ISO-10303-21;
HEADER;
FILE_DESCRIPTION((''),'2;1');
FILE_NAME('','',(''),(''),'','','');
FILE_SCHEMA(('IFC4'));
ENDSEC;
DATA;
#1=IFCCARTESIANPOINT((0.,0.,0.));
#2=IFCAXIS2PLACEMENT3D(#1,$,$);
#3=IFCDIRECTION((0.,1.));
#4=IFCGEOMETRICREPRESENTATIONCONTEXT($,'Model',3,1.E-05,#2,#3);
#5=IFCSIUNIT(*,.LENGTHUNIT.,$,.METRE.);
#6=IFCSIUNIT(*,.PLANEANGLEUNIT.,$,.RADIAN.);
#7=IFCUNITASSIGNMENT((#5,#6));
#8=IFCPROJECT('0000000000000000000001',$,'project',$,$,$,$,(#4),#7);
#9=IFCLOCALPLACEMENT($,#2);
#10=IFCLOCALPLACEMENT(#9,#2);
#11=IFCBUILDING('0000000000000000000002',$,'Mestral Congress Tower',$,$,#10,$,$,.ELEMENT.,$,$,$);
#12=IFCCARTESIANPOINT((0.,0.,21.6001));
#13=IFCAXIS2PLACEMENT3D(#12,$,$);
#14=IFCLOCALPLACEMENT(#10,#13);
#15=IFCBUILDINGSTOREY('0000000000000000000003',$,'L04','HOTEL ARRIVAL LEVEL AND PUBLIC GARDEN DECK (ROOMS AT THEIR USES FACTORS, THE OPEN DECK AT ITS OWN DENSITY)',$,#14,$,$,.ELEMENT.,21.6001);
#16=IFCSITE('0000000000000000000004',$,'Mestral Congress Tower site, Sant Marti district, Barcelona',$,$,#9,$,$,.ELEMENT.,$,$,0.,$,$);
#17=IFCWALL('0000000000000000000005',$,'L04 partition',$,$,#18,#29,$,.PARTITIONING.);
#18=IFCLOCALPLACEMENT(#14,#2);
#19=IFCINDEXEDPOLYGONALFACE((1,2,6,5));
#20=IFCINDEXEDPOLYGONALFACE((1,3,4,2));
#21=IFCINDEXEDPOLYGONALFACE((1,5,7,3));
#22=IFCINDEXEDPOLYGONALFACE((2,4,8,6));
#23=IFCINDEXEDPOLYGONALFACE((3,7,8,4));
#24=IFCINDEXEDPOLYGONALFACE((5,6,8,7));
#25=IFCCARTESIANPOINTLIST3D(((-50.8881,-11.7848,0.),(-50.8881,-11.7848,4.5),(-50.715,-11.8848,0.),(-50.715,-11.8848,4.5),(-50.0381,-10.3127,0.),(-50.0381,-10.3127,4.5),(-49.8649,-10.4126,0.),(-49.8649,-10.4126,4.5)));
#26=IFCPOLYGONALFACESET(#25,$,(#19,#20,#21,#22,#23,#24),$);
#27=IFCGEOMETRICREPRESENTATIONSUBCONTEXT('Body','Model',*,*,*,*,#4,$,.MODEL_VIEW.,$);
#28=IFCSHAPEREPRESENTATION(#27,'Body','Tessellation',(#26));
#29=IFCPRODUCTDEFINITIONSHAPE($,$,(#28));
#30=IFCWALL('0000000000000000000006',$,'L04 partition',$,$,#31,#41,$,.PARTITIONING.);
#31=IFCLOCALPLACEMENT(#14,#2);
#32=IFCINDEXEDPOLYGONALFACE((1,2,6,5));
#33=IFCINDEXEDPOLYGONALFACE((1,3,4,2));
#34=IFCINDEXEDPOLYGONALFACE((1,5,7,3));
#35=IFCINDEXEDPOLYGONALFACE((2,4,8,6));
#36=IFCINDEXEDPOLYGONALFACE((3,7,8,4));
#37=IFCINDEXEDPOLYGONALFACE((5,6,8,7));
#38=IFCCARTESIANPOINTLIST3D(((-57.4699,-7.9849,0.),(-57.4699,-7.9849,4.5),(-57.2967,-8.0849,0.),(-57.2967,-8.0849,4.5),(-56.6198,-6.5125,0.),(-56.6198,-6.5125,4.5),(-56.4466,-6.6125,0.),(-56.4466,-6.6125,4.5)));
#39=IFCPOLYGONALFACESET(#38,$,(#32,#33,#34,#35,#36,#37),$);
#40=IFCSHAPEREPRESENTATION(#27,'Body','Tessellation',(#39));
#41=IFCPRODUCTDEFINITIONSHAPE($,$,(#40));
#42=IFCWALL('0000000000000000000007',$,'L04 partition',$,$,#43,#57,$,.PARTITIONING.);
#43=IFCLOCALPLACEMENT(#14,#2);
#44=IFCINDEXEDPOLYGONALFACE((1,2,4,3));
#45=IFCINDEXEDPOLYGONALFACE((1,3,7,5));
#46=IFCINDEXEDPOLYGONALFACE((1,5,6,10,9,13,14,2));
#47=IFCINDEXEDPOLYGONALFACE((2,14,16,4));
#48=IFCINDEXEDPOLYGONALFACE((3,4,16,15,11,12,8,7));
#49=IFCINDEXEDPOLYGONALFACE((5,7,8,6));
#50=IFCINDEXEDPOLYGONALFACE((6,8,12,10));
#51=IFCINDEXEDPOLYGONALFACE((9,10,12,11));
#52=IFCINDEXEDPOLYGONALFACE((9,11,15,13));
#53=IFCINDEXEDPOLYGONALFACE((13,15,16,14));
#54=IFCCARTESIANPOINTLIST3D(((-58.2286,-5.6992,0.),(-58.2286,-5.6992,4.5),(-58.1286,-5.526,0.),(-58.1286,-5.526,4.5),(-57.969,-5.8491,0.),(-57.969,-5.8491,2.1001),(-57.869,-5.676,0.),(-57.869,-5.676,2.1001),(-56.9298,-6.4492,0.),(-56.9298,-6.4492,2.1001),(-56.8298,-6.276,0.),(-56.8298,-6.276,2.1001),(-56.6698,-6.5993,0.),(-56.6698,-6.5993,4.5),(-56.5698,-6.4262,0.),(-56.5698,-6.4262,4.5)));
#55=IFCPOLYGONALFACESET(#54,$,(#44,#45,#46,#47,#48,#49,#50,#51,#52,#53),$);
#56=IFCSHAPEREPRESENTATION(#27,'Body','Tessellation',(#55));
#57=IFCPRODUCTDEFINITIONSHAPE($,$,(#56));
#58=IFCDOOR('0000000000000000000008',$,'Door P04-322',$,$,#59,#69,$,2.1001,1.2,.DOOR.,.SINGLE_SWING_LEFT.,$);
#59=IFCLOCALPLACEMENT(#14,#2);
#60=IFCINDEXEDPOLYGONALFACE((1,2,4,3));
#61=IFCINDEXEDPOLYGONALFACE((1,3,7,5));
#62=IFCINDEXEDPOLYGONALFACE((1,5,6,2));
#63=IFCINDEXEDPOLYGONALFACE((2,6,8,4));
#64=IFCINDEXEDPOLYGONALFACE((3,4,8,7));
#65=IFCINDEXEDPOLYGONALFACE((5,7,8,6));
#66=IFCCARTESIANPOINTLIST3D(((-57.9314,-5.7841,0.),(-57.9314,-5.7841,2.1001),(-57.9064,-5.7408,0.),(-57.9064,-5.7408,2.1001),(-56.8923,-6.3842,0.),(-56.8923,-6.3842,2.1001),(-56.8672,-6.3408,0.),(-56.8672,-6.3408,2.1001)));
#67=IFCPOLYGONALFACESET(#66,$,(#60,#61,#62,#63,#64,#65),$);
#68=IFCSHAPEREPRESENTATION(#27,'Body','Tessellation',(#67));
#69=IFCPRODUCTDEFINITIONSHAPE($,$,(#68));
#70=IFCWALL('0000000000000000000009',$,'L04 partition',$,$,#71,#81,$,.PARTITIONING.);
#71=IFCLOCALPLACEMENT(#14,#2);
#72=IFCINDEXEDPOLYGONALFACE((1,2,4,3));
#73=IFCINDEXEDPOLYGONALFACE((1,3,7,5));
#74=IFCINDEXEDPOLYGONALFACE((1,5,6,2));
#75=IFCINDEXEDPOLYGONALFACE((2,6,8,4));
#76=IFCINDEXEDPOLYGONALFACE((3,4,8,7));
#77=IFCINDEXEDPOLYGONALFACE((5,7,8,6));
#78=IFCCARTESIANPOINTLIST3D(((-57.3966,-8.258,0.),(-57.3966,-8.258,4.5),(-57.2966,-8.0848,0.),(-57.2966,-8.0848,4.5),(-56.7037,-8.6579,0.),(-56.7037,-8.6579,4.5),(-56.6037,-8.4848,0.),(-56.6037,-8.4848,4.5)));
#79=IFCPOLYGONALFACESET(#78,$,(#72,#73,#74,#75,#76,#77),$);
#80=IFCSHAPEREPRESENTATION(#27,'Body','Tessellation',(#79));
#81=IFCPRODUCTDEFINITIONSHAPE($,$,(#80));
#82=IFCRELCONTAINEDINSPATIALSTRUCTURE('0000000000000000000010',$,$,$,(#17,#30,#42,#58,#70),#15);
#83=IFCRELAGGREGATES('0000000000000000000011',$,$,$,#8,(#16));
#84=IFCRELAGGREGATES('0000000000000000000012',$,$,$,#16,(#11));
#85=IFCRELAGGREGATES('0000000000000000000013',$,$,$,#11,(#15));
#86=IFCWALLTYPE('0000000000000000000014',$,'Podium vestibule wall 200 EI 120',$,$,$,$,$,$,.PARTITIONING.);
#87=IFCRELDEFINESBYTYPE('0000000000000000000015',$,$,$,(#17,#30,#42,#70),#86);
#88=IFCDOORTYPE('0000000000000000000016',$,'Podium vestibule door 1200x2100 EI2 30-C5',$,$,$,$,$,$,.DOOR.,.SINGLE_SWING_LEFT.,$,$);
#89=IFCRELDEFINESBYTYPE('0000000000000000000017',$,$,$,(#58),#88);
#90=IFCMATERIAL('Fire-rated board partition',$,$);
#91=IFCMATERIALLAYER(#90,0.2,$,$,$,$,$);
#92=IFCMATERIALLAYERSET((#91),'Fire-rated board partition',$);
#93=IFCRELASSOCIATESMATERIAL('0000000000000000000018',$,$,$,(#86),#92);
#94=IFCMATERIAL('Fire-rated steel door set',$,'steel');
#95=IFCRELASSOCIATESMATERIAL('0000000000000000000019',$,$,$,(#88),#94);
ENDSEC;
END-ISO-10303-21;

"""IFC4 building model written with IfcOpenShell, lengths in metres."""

from ifc_helpers import new_model, si_unit, direction, frame, frame_2d, origin, place, context, subcontext, project, spatial, rectangle, extrude, material, layer, layer_set, type_object, element, fill, save


model = new_model("IFC4")

# Units and contexts
model_context = context("Model", 3, precision=1e-05, world=origin(), true_north=direction((0.0, 1.0)))
body_context = subcontext(model_context, "Body", "Model", "MODEL_VIEW")
ifc_project = project(units=[si_unit("LENGTHUNIT", "METRE"), si_unit("PLANEANGLEUNIT", "RADIAN")], contexts=[model_context])

# Site, building, storey
site_placement = place(None, origin())
site = spatial("IfcSite", under=ifc_project, at=site_placement, Name="Mestral Congress Tower site, Sant Marti district, Barcelona", CompositionType="ELEMENT", RefElevation=0.0)
building_placement = place(site_placement, origin())
building = spatial("IfcBuilding", under=site, at=building_placement, Name="Mestral Congress Tower", CompositionType="ELEMENT")
storey_placement = place(building_placement, frame((0.0, 0.0, 21.6001)))
storey = spatial("IfcBuildingStorey", under=building, at=storey_placement, Name="L04", Description="HOTEL ARRIVAL LEVEL AND PUBLIC GARDEN DECK (ROOMS AT THEIR USES FACTORS, THE OPEN DECK AT ITS OWN DENSITY)", CompositionType="ELEMENT", Elevation=21.6001)

# Shared definitions
ifc_material_1 = material(Name="Fire-rated steel door set", Category="steel")

# Walls
ifc_material_2 = material(Name="Fire-rated board partition")
ifc_layer_1 = layer(ifc_material_2, 0.2)
ifc_layer_set_1 = layer_set([ifc_layer_1], Name="Fire-rated board partition")
wall_type_1 = type_object("IfcWallType", Name="Podium vestibule wall 200 EI 120", PredefinedType="PARTITIONING", material=ifc_layer_set_1)
wall_1_placement = place(storey_placement, frame((-49.9514, -10.3625, 0.0), z_axis=(0.0, 0.0, 1.0), x_axis=(-0.500062, -0.865989, 0.0)))
element("IfcWall", 1, at=wall_1_placement, inside=storey, type_object=wall_type_1, Name="L04 partition", PredefinedType="PARTITIONING", context=body_context, shape_type="SweptSolid", body=[
    extrude(rectangle(XDim=1.7, YDim=0.2, at=frame_2d((0.8501, 0.0))), origin(), (0.0, 0.0, 1.0), 4.5),
])
wall_2_placement = place(storey_placement, frame((-56.5332, -6.5625, 0.0), z_axis=(0.0, 0.0, 1.0), x_axis=(-0.5, -0.866025, 0.0)))
element("IfcWall", 2, at=wall_2_placement, inside=storey, type_object=wall_type_1, Name="L04 partition", PredefinedType="PARTITIONING", context=body_context, shape_type="SweptSolid", body=[
    extrude(rectangle(XDim=1.7002, YDim=0.2, at=frame_2d((0.8501, 0.0))), origin(), (0.0, 0.0, 1.0), 4.5),
])

# Wall, opening, door
wall_3_placement = place(storey_placement, frame((-56.6199, -6.5127, 0.0), z_axis=(0.0, 0.0, 1.0), x_axis=(-0.865989, 0.500063, 0.0)))
wall_3 = element("IfcWall", 3, at=wall_3_placement, inside=storey, type_object=wall_type_1, Name="L04 partition", PredefinedType="PARTITIONING", context=body_context, shape_type="SweptSolid", body=[
    extrude(rectangle(XDim=1.8, YDim=0.2, at=frame_2d((0.8999, 0.0))), origin(), (0.0, 0.0, 1.0), 4.5),
])
opening_1_placement = place(wall_3_placement, frame((0.3, 0.0, 0.0)))
opening_1 = element("IfcOpeningElement", 4, at=opening_1_placement, cuts=wall_3, PredefinedType="OPENING", context=body_context, shape_type="SweptSolid", body=[
    extrude(rectangle(XDim=1.2, YDim=2.1001, at=frame_2d((0.6001, 1.05))), frame((0.0, 0.1099, 0.0), z_axis=(0.0, -1.0, 0.0), x_axis=(1.0, 0.0, 0.0)), (0.0, 0.0, 1.0), 0.22),
])
door_type_1 = type_object("IfcDoorType", Name="Podium vestibule door 1200x2100 EI2 30-C5", OperationType="SINGLE_SWING_LEFT", PredefinedType="DOOR", material=ifc_material_1)
door_1_placement = place(opening_1_placement, origin())
door_1 = element("IfcDoor", 5, at=door_1_placement, inside=storey, type_object=door_type_1, Name="Door P04-322", OperationType="SINGLE_SWING_LEFT", OverallHeight=2.1001, OverallWidth=1.2, PredefinedType="DOOR", context=body_context, shape_type="SweptSolid", body=[
    extrude(rectangle(XDim=1.2, YDim=2.1001, at=frame_2d((0.6001, 1.05))), frame((0.0, 0.0249, 0.0), z_axis=(0.0, -1.0, 0.0), x_axis=(1.0, 0.0, 0.0)), (0.0, 0.0, 1.0), 0.05),
])
fill(opening_1, door_1)

# Wall
wall_4_placement = place(storey_placement, frame((-56.6538, -8.5713, 0.0), z_axis=(0.0, 0.0, 1.0), x_axis=(-0.866094, 0.499881, 0.0)))
element("IfcWall", 6, at=wall_4_placement, inside=storey, type_object=wall_type_1, Name="L04 partition", PredefinedType="PARTITIONING", context=body_context, shape_type="SweptSolid", body=[
    extrude(rectangle(XDim=0.8, YDim=0.2, at=frame_2d((0.3999, 0.0))), origin(), (0.0, 0.0, 1.0), 4.5),
])

save(model, "model.ifc")
